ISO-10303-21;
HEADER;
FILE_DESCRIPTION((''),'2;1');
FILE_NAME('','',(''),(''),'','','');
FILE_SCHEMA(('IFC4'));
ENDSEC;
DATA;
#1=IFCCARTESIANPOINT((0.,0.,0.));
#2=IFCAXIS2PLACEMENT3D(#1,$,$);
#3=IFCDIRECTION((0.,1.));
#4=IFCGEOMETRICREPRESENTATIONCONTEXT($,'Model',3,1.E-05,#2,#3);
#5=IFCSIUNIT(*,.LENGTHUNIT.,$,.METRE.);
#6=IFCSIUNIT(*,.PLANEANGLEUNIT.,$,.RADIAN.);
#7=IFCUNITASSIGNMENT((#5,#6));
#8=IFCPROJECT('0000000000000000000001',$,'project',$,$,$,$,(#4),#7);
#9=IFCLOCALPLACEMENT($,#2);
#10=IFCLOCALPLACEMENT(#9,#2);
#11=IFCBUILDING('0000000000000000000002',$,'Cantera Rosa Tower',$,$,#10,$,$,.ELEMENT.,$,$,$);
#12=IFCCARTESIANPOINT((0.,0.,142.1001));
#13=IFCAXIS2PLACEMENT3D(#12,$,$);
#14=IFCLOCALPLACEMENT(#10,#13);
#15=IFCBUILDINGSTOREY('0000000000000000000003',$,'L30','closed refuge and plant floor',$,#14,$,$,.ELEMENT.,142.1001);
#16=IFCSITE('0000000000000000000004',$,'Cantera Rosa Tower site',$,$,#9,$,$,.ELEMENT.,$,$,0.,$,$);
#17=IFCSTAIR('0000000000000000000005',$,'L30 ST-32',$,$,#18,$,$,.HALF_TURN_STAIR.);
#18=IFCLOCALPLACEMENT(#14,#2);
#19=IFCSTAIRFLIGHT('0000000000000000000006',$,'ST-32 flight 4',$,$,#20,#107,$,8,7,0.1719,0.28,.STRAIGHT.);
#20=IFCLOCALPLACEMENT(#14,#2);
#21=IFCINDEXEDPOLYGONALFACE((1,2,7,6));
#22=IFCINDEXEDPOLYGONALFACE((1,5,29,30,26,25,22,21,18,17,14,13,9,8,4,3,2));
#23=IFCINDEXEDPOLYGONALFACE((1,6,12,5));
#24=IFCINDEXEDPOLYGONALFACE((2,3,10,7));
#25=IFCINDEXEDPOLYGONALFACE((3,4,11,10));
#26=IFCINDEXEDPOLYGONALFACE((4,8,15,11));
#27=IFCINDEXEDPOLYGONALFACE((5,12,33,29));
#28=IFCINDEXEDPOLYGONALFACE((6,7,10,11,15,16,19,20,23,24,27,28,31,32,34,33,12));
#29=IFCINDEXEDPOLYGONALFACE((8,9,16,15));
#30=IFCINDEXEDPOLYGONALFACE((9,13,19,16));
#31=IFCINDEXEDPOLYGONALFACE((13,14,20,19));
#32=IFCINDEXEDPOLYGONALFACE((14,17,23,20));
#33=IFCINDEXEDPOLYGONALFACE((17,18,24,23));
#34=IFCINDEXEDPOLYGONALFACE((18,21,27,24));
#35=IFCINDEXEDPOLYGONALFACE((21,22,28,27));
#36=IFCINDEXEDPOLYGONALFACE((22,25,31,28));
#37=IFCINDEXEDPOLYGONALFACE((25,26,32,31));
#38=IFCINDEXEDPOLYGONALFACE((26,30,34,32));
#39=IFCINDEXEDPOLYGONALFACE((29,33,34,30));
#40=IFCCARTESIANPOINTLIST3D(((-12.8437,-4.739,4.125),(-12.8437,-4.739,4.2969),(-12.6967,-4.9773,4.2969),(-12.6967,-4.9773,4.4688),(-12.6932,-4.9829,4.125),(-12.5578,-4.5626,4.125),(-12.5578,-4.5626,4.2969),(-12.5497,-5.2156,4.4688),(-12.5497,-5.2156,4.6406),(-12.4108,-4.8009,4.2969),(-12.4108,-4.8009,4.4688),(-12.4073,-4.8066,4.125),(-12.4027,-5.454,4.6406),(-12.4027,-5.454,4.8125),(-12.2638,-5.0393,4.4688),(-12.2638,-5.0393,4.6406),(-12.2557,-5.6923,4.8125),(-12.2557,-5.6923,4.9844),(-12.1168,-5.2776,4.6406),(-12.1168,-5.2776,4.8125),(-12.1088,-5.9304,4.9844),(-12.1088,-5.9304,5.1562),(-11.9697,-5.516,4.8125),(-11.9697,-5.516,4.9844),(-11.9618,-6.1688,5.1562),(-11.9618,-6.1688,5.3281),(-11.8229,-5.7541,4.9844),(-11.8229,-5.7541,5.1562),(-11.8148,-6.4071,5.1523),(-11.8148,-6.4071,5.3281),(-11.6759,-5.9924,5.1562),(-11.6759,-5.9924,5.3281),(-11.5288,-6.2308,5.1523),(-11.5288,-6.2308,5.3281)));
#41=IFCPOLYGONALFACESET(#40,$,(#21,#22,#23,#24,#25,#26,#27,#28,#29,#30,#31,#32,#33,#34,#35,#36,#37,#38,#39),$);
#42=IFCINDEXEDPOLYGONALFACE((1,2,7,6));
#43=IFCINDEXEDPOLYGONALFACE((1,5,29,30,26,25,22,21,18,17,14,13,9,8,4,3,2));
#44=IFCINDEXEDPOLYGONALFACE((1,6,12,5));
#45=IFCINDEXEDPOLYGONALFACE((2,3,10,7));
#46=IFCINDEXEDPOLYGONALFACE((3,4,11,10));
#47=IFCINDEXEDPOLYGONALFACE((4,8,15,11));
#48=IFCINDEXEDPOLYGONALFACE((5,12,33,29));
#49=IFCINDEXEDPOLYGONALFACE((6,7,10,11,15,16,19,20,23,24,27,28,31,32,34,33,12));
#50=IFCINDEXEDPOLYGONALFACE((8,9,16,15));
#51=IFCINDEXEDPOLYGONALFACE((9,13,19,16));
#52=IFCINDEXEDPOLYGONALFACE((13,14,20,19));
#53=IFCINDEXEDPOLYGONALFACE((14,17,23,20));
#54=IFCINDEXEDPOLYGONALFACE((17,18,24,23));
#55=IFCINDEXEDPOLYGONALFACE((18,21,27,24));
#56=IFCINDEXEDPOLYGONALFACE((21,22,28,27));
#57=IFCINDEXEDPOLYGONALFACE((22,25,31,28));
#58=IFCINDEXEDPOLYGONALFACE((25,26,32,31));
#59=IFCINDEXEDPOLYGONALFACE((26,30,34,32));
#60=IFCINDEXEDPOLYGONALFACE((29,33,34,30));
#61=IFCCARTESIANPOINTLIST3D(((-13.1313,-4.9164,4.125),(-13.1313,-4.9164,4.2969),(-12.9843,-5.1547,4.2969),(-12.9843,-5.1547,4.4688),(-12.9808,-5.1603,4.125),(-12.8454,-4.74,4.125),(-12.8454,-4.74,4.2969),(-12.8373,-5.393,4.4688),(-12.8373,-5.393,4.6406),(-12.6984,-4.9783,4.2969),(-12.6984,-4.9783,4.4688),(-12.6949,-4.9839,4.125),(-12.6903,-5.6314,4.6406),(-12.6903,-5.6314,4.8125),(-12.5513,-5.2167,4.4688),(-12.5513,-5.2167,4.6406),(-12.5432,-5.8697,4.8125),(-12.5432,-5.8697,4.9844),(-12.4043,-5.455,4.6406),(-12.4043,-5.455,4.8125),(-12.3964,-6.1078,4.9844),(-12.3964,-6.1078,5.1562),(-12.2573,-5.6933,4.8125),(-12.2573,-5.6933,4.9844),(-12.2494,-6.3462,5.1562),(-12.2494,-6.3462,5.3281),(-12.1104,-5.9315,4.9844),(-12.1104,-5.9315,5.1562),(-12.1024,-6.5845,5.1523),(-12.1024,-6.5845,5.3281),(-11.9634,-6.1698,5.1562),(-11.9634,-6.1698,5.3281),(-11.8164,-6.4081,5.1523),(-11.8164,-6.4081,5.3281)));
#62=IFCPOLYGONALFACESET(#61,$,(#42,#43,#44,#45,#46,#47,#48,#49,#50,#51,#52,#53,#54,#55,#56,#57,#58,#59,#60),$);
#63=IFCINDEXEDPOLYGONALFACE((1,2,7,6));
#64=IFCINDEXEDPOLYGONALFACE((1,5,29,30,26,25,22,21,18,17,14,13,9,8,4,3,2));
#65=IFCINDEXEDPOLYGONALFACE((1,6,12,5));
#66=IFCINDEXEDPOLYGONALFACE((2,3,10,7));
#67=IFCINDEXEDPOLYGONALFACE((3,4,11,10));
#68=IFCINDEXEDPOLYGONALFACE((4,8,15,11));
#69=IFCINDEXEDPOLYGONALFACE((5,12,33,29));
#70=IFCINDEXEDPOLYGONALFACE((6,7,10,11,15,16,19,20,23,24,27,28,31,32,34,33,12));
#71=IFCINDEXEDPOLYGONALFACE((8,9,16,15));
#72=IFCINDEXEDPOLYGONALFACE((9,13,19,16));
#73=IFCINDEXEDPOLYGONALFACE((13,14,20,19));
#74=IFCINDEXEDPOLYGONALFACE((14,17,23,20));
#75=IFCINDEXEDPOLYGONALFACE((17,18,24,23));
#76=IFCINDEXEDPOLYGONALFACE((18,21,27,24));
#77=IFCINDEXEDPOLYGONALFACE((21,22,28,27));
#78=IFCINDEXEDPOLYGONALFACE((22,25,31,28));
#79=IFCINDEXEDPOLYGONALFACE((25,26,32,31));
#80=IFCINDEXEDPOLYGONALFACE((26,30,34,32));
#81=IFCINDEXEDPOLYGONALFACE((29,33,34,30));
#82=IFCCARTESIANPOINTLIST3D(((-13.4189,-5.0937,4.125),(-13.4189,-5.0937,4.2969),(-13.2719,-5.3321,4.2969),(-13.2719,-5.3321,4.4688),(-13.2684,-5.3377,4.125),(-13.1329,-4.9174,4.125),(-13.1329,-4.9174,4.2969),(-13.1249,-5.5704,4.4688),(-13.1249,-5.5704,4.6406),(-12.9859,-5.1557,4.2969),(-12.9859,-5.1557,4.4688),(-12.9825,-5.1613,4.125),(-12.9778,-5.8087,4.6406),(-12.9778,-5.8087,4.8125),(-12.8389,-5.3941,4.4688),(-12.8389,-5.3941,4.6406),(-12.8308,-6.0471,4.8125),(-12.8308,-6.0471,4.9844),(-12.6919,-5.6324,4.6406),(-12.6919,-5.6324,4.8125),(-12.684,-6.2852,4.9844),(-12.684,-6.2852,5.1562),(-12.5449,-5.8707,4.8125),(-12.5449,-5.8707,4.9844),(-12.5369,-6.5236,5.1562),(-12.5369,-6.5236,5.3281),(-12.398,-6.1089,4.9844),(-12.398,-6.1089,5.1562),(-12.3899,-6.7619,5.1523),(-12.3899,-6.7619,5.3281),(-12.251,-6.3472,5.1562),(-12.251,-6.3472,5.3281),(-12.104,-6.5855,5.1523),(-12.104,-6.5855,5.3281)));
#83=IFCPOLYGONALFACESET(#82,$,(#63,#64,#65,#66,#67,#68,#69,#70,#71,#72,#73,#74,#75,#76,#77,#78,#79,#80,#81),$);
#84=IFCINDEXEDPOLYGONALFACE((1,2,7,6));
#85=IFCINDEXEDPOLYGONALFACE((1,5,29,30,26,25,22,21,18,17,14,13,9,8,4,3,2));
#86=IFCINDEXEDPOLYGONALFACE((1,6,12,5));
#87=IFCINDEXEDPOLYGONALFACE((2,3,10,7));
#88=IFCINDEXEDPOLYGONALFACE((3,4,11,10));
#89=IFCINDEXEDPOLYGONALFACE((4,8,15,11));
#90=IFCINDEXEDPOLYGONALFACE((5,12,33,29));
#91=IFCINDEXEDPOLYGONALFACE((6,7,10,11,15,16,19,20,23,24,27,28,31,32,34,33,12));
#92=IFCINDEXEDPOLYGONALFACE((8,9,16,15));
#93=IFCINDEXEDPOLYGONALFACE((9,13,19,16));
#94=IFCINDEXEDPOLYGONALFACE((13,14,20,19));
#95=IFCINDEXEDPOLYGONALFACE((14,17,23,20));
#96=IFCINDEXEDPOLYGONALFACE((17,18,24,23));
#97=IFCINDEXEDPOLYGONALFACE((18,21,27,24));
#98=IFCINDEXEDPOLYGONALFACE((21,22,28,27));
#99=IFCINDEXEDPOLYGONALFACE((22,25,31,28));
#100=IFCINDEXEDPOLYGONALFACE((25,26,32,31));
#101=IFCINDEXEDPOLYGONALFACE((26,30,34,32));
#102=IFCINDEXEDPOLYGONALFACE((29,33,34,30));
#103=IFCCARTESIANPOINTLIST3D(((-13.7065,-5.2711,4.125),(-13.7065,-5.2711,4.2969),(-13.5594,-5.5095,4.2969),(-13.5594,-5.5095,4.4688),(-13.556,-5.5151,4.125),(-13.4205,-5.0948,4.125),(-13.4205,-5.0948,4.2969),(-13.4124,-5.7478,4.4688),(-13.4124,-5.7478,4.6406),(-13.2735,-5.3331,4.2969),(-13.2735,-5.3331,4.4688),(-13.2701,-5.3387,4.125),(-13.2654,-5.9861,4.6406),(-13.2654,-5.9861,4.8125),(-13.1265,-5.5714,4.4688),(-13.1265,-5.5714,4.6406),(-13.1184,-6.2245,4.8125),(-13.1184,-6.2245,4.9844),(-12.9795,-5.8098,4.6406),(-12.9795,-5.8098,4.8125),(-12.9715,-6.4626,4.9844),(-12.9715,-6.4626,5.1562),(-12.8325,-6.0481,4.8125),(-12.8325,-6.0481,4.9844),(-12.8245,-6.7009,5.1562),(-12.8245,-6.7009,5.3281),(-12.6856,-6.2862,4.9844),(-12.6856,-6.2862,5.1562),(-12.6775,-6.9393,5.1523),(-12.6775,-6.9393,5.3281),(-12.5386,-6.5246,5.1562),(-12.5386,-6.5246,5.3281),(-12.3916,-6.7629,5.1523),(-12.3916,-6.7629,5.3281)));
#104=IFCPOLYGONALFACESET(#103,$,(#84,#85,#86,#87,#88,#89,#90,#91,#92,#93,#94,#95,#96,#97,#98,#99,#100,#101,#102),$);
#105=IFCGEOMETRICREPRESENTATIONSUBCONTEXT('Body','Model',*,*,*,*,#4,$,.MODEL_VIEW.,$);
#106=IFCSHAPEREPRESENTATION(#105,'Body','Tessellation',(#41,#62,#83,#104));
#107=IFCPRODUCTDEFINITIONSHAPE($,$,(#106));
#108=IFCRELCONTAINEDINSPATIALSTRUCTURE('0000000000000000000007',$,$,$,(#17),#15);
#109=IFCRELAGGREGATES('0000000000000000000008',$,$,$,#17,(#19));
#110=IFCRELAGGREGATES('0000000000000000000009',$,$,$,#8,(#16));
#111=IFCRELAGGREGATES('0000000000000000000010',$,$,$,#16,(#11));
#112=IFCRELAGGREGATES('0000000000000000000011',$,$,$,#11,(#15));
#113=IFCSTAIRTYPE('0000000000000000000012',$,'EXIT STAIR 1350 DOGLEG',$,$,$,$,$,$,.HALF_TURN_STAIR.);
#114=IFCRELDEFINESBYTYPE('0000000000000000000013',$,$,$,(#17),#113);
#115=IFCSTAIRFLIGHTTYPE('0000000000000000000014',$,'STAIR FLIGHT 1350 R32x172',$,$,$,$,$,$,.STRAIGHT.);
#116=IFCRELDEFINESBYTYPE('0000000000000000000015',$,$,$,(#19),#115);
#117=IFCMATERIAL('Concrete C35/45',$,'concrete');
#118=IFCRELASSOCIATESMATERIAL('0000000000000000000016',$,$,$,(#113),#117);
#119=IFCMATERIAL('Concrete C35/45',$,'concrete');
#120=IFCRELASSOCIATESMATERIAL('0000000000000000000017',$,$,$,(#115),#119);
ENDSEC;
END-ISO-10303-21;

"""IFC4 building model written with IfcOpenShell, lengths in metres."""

from ifc_helpers import new_model, si_unit, direction, frame, origin, place, context, subcontext, project, spatial, polyline, outline, extrude, material, type_object, element, aggregate, save


model = new_model("IFC4")

# Units and contexts
model_context = context("Model", 3, precision=1e-05, world=origin(), true_north=direction((0.0, 1.0)))
body_context = subcontext(model_context, "Body", "Model", "MODEL_VIEW")
ifc_project = project(units=[si_unit("LENGTHUNIT", "METRE"), si_unit("PLANEANGLEUNIT", "RADIAN")], contexts=[model_context])

# Site, building, storey
site_placement = place(None, origin())
site = spatial("IfcSite", under=ifc_project, at=site_placement, Name="Cantera Rosa Tower site", CompositionType="ELEMENT", RefElevation=0.0)
building_placement = place(site_placement, origin())
building = spatial("IfcBuilding", under=site, at=building_placement, Name="Cantera Rosa Tower", CompositionType="ELEMENT")
storey_placement = place(building_placement, frame((0.0, 0.0, 142.1001)))
storey = spatial("IfcBuildingStorey", under=building, at=storey_placement, Name="L30", Description="closed refuge and plant floor", CompositionType="ELEMENT", Elevation=142.1001)

# Stair, stair flight
ifc_material_1 = material(Name="Concrete C35/45", Category="concrete")
stair_type = type_object("IfcStairType", Name="EXIT STAIR 1350 DOGLEG", PredefinedType="HALF_TURN_STAIR", material=ifc_material_1)
stair_placement = place(storey_placement, origin())
stair = element("IfcStair", 1, at=stair_placement, inside=storey, type_object=stair_type, Name="L30 ST-32", PredefinedType="HALF_TURN_STAIR")
ifc_material_2 = material(Name="Concrete C35/45", Category="concrete")
stair_flight_type = type_object("IfcStairFlightType", Name="STAIR FLIGHT 1350 R32x172", PredefinedType="STRAIGHT", material=ifc_material_2)
stair_flight_1_placement = place(storey_placement, frame((-13.1323, -4.917, 4.125), z_axis=(0.0, 0.0, 1.0), x_axis=(0.524977, -0.851117, 0.0)))
stair_flight_1 = element("IfcStairFlight", 2, at=stair_flight_1_placement, type_object=stair_flight_type, Name="ST-32 flight 4", NumberOfRisers=8, NumberOfTreads=7, PredefinedType="STRAIGHT", RiserHeight=0.1719, TreadLength=0.28, context=body_context, shape_type="SweptSolid", body=[
    extrude(outline(polyline([(0.0, 0.0), (0.0, 0.1719), (0.28, 0.1719), (0.28, 0.3438), (0.5601, 0.3438), (0.5601, 0.5156), (0.8401, 0.5156), (0.8401, 0.6875), (1.1201, 0.6875), (1.1201, 0.8594), (1.3999, 0.8594), (1.3999, 1.0312), (1.6799, 1.0312), (1.6799, 1.2031), (1.96, 1.2031), (1.96, 1.375), (1.96, 1.0273), (0.2866, 0.0), (0.0, 0.0)])), frame((0.0, 0.675, 0.0), z_axis=(0.0, -1.0, 0.0), x_axis=(1.0, 0.0, 0.0)), (0.0, 0.0, 1.0), 0.3359),
    extrude(outline(polyline([(0.0, 0.0), (0.0, 0.1719), (0.28, 0.1719), (0.28, 0.3438), (0.5601, 0.3438), (0.5601, 0.5156), (0.8401, 0.5156), (0.8401, 0.6875), (1.1201, 0.6875), (1.1201, 0.8594), (1.3999, 0.8594), (1.3999, 1.0312), (1.6799, 1.0312), (1.6799, 1.2031), (1.96, 1.2031), (1.96, 1.375), (1.96, 1.0273), (0.2866, 0.0), (0.0, 0.0)])), frame((0.0, 0.3372, 0.0), z_axis=(0.0, -1.0, 0.0), x_axis=(1.0, 0.0, 0.0)), (0.0, 0.0, 1.0), 0.3359),
    extrude(outline(polyline([(0.0, 0.0), (0.0, 0.1719), (0.28, 0.1719), (0.28, 0.3438), (0.5601, 0.3438), (0.5601, 0.5156), (0.8401, 0.5156), (0.8401, 0.6875), (1.1201, 0.6875), (1.1201, 0.8594), (1.3999, 0.8594), (1.3999, 1.0312), (1.6799, 1.0312), (1.6799, 1.2031), (1.96, 1.2031), (1.96, 1.375), (1.96, 1.0273), (0.2866, 0.0), (0.0, 0.0)])), frame((0.0, -0.0007, 0.0), z_axis=(0.0, -1.0, 0.0), x_axis=(1.0, 0.0, 0.0)), (0.0, 0.0, 1.0), 0.3359),
    extrude(outline(polyline([(0.0, 0.0), (0.0, 0.1719), (0.28, 0.1719), (0.28, 0.3438), (0.5601, 0.3438), (0.5601, 0.5156), (0.8401, 0.5156), (0.8401, 0.6875), (1.1201, 0.6875), (1.1201, 0.8594), (1.3999, 0.8594), (1.3999, 1.0312), (1.6799, 1.0312), (1.6799, 1.2031), (1.96, 1.2031), (1.96, 1.375), (1.96, 1.0273), (0.2866, 0.0), (0.0, 0.0)])), frame((0.0, -0.3386, 0.0), z_axis=(0.0, -1.0, 0.0), x_axis=(1.0, 0.0, 0.0)), (0.0, 0.0, 1.0), 0.3359),
])
aggregate(stair, [stair_flight_1])

save(model, "model.ifc")
